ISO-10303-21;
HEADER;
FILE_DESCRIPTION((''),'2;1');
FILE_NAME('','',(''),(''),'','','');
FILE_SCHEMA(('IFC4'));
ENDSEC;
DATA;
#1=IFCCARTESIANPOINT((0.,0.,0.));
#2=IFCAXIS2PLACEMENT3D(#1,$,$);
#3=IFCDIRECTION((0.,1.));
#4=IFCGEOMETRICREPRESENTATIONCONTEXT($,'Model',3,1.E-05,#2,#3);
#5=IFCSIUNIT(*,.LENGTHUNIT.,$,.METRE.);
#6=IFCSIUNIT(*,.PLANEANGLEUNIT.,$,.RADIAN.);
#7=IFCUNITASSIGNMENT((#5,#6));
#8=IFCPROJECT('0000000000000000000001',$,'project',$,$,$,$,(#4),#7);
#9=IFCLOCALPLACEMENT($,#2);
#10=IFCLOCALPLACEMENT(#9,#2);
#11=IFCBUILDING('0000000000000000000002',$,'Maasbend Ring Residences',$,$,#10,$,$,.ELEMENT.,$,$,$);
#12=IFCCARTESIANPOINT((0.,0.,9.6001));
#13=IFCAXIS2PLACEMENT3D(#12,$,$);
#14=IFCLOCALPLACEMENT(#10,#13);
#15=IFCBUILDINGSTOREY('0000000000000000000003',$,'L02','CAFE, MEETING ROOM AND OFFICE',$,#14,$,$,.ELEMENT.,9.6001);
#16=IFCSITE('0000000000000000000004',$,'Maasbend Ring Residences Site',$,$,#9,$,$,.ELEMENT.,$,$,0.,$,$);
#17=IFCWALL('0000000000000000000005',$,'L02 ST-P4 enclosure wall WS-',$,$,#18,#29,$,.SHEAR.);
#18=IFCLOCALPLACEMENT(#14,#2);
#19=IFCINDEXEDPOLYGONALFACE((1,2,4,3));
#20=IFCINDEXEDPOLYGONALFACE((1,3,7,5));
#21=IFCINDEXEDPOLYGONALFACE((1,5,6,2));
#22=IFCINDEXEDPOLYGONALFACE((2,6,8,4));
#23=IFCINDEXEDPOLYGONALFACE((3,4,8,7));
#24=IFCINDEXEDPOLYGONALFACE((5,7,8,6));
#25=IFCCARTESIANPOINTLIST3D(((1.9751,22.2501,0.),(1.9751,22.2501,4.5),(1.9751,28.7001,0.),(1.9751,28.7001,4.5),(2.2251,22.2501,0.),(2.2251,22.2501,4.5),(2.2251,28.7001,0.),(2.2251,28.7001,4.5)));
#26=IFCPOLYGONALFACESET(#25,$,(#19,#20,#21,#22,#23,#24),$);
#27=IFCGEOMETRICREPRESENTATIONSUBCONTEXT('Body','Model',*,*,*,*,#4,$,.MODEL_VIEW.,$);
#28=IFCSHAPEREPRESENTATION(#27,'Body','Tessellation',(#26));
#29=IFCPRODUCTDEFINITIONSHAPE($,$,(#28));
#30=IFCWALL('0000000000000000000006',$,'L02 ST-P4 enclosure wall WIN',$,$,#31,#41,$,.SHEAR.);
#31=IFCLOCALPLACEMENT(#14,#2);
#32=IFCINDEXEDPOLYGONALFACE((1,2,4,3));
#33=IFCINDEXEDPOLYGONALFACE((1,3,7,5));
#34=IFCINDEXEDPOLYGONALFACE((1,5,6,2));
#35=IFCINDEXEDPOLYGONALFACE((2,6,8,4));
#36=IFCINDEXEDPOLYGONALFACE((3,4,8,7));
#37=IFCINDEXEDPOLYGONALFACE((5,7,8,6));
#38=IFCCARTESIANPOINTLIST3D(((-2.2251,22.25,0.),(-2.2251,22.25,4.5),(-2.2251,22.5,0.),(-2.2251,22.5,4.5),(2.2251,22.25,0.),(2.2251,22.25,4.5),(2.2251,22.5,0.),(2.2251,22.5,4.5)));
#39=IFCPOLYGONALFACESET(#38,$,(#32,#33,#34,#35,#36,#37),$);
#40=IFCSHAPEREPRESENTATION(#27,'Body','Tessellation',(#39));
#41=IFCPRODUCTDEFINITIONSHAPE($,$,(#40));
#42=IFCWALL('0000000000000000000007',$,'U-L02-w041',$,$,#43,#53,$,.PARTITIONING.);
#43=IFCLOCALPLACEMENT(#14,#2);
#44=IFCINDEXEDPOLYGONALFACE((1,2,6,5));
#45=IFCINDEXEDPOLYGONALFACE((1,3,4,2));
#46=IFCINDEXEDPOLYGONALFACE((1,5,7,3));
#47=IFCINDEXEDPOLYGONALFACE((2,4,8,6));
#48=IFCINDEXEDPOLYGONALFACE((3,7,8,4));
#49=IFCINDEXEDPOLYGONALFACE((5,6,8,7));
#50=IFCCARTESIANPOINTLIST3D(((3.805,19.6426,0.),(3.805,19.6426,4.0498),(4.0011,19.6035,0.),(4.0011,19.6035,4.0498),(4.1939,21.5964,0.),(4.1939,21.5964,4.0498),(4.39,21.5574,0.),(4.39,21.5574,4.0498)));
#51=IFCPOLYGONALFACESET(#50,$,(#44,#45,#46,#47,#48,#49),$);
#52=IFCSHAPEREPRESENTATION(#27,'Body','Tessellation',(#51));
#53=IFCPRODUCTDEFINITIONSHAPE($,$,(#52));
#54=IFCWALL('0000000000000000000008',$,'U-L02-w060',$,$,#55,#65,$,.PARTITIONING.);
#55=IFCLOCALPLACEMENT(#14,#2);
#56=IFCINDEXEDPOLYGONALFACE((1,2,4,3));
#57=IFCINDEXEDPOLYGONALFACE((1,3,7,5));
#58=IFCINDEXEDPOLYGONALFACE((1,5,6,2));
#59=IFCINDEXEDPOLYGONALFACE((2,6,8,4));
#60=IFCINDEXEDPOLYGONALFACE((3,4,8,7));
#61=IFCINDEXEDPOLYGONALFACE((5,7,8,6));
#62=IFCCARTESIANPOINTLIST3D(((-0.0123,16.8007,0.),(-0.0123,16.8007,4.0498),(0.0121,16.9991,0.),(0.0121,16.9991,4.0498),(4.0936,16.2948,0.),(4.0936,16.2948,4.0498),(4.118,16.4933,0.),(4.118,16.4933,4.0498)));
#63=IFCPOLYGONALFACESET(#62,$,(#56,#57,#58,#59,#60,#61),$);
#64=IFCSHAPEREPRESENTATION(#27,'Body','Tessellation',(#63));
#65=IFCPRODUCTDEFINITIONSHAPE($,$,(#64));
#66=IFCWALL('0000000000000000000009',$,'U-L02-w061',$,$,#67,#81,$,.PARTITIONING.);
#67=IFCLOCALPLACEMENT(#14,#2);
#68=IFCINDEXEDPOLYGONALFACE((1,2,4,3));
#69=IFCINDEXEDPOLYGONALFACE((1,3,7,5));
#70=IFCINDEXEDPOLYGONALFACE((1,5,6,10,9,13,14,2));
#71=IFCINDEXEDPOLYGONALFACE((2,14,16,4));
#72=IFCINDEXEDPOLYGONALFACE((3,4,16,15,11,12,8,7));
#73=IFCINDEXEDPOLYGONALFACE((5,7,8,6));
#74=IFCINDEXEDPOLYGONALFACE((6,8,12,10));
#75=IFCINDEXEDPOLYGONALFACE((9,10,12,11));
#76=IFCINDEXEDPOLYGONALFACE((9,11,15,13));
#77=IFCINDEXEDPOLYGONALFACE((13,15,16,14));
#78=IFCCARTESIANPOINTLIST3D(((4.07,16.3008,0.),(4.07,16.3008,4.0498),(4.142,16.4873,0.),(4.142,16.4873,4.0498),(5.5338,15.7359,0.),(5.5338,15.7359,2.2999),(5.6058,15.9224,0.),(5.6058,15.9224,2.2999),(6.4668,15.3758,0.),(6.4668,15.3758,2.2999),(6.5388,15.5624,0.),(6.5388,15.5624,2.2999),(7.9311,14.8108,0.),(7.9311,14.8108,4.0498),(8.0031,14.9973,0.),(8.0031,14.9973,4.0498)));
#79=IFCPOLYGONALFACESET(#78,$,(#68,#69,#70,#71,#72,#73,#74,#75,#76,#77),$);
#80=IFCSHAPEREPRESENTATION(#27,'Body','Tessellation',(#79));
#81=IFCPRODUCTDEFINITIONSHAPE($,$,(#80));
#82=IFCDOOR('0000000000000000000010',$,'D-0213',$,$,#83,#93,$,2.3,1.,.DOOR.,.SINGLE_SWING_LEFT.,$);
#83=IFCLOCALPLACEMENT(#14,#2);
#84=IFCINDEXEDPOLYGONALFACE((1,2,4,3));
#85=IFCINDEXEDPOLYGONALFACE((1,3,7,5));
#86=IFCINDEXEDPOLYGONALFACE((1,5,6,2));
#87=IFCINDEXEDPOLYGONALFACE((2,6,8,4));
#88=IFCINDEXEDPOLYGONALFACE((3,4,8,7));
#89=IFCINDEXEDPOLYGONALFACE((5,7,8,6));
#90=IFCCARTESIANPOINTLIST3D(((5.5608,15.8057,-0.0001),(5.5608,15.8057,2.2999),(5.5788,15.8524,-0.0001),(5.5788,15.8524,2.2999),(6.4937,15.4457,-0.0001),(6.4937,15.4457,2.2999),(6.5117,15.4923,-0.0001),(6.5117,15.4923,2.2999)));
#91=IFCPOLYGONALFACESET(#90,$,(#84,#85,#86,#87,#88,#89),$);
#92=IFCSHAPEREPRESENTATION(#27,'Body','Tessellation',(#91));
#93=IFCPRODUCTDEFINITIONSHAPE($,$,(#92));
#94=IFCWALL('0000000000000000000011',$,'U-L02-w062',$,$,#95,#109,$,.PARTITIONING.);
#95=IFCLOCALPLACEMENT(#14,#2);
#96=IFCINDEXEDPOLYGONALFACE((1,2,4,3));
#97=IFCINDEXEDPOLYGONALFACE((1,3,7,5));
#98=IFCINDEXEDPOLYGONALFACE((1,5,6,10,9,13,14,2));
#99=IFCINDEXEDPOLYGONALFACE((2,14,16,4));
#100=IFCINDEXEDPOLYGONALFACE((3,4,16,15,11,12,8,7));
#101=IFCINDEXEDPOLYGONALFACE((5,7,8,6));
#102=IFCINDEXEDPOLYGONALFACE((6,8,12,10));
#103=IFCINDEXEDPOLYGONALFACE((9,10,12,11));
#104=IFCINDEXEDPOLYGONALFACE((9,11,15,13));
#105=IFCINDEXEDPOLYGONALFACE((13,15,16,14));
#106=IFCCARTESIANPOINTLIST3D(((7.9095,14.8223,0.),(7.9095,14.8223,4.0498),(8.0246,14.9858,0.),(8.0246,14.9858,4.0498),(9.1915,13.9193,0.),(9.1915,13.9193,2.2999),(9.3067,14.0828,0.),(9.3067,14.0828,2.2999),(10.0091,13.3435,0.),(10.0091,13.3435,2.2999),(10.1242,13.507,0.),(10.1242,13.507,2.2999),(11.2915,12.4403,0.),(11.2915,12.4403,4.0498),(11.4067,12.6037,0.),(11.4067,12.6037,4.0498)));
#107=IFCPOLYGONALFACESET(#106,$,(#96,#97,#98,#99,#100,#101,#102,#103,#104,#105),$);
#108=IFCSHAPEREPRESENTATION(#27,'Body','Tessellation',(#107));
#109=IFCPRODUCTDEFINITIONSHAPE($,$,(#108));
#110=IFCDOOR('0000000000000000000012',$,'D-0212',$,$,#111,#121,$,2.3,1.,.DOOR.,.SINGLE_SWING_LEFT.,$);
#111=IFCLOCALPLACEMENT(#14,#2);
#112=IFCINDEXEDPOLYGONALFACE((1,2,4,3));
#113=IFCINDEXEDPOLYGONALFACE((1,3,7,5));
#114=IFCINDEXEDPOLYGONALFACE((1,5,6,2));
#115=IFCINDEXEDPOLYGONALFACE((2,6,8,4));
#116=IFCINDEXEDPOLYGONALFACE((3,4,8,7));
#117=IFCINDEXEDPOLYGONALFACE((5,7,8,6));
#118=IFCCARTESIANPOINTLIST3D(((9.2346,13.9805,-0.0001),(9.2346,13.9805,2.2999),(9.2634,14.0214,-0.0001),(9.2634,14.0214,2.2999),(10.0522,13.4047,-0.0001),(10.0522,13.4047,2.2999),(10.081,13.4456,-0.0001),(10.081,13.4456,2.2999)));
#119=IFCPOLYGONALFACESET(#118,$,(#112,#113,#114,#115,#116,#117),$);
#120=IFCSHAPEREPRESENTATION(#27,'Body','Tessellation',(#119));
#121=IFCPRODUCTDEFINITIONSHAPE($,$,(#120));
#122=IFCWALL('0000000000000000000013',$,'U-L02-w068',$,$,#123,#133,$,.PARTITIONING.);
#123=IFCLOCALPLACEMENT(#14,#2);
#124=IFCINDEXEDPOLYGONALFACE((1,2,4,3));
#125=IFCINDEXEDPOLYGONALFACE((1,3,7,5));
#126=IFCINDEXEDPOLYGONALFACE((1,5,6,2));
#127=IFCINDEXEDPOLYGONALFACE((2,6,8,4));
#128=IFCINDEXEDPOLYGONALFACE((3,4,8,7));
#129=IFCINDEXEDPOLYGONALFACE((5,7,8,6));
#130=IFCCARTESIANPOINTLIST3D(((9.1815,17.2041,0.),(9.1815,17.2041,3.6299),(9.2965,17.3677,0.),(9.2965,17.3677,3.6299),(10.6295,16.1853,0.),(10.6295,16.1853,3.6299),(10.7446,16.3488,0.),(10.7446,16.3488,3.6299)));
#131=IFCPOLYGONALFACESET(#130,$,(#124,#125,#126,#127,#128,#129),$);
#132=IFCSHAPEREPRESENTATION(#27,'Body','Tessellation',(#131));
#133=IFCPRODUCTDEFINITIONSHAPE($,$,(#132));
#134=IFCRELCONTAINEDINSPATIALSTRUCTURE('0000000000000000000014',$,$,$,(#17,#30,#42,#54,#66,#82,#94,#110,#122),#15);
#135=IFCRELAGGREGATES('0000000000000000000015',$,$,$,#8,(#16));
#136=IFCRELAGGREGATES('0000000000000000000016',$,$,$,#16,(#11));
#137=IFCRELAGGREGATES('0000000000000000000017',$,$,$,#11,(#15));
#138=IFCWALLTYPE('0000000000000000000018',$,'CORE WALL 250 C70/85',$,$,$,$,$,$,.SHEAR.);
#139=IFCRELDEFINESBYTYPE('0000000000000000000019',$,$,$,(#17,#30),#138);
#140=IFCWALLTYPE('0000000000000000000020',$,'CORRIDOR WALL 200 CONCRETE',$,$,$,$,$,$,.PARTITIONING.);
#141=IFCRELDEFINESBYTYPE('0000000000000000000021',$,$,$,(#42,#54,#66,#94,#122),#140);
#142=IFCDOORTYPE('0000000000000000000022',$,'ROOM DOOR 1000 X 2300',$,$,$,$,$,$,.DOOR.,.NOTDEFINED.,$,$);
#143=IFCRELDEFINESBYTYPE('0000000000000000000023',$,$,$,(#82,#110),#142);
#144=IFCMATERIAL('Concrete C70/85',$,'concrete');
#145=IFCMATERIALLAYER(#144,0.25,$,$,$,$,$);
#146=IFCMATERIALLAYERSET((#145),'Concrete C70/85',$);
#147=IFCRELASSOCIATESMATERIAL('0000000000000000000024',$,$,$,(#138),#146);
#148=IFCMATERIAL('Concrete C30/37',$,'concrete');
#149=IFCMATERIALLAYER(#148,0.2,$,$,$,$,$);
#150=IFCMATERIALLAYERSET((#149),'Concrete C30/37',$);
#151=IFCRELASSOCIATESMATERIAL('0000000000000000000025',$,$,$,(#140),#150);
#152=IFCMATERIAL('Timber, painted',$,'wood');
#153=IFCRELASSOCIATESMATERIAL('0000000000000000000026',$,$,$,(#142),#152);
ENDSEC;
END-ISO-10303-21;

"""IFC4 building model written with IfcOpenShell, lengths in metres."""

from ifc_helpers import new_model, si_unit, direction, frame, frame_2d, origin, place, context, subcontext, project, spatial, rectangle, extrude, material, layer, layer_set, type_object, element, fill, save


model = new_model("IFC4")

# Units and contexts
model_context = context("Model", 3, precision=1e-05, world=origin(), true_north=direction((0.0, 1.0)))
body_context = subcontext(model_context, "Body", "Model", "MODEL_VIEW")
ifc_project = project(units=[si_unit("LENGTHUNIT", "METRE"), si_unit("PLANEANGLEUNIT", "RADIAN")], contexts=[model_context])

# Site, building, storey
site_placement = place(None, origin())
site = spatial("IfcSite", under=ifc_project, at=site_placement, Name="Maasbend Ring Residences Site", CompositionType="ELEMENT", RefElevation=0.0)
building_placement = place(site_placement, origin())
building = spatial("IfcBuilding", under=site, at=building_placement, Name="Maasbend Ring Residences", CompositionType="ELEMENT")
storey_placement = place(building_placement, frame((0.0, 0.0, 9.6001)))
storey = spatial("IfcBuildingStorey", under=building, at=storey_placement, Name="L02", Description="CAFE, MEETING ROOM AND OFFICE", CompositionType="ELEMENT", Elevation=9.6001)

# Walls
ifc_material_1 = material(Name="Concrete C70/85", Category="concrete")
ifc_layer_1 = layer(ifc_material_1, 0.25)
ifc_layer_set_1 = layer_set([ifc_layer_1], Name="Concrete C70/85")
wall_type_1 = type_object("IfcWallType", Name="CORE WALL 250 C70/85", PredefinedType="SHEAR", material=ifc_layer_set_1)
wall_1_placement = place(storey_placement, frame((2.1001, 22.25, 0.0), z_axis=(0.0, 0.0, 1.0), x_axis=(0.0, 1.0, 0.0)))
element("IfcWall", 1, at=wall_1_placement, inside=storey, type_object=wall_type_1, Name="L02 ST-P4 enclosure wall WS-", PredefinedType="SHEAR", context=body_context, shape_type="SweptSolid", body=[
    extrude(rectangle(XDim=6.45, YDim=0.25, at=frame_2d((3.2251, 0.0))), origin(), (0.0, 0.0, 1.0), 4.5),
])
wall_2_placement = place(storey_placement, frame((2.2251, 22.375, 0.0), z_axis=(0.0, 0.0, 1.0), x_axis=(-1.0, 0.0, 0.0)))
element("IfcWall", 2, at=wall_2_placement, inside=storey, type_object=wall_type_1, Name="L02 ST-P4 enclosure wall WIN", PredefinedType="SHEAR", context=body_context, shape_type="SweptSolid", body=[
    extrude(rectangle(XDim=4.4502, YDim=0.25, at=frame_2d((2.2251, 0.0))), origin(), (0.0, 0.0, 1.0), 4.5),
])
ifc_material_2 = material(Name="Concrete C30/37", Category="concrete")
ifc_layer_2 = layer(ifc_material_2, 0.2)
ifc_layer_set_2 = layer_set([ifc_layer_2], Name="Concrete C30/37")
wall_type_2 = type_object("IfcWallType", Name="CORRIDOR WALL 200 CONCRETE", PredefinedType="PARTITIONING", material=ifc_layer_set_2)
wall_3_placement = place(storey_placement, frame((3.9031, 19.623, 0.0), z_axis=(0.0, 0.0, 1.0), x_axis=(0.195221, 0.980759, 0.0)))
element("IfcWall", 3, at=wall_3_placement, inside=storey, type_object=wall_type_2, Name="U-L02-w041", PredefinedType="PARTITIONING", context=body_context, shape_type="SweptSolid", body=[
    extrude(rectangle(XDim=1.9922, YDim=0.2, at=frame_2d((0.9961, 0.0))), origin(), (0.0, 0.0, 1.0), 4.0498),
])
wall_4_placement = place(storey_placement, frame((0.0, 16.8999, 0.0), z_axis=(0.0, 0.0, 1.0), x_axis=(0.992496, -0.122277, 0.0)))
element("IfcWall", 4, at=wall_4_placement, inside=storey, type_object=wall_type_2, Name="U-L02-w060", PredefinedType="PARTITIONING", context=body_context, shape_type="SweptSolid", body=[
    extrude(rectangle(XDim=4.137, YDim=0.2, at=frame_2d((2.0684, 0.0))), origin(), (0.0, 0.0, 1.0), 4.0498),
])

# Walls, openings, doors
wall_5_placement = place(storey_placement, frame((4.106, 16.394, 0.0), z_axis=(0.0, 0.0, 1.0), x_axis=(0.932944, -0.360022, 0.0)))
wall_5 = element("IfcWall", 5, at=wall_5_placement, inside=storey, type_object=wall_type_2, Name="U-L02-w061", PredefinedType="PARTITIONING", context=body_context, shape_type="SweptSolid", body=[
    extrude(rectangle(XDim=4.1387, YDim=0.2, at=frame_2d((2.0693, 0.0))), origin(), (0.0, 0.0, 1.0), 4.0498),
])
opening_1_placement = place(wall_5_placement, frame((1.5691, 0.0, 0.0)))
opening_1 = element("IfcOpeningElement", 6, at=opening_1_placement, cuts=wall_5, PredefinedType="OPENING", context=body_context, shape_type="SweptSolid", body=[
    extrude(rectangle(XDim=1.0, YDim=2.3, at=frame_2d((0.5, 1.1499))), frame((0.0, 0.1099, 0.0), z_axis=(0.0, -1.0, 0.0), x_axis=(1.0, 0.0, 0.0)), (0.0, 0.0, 1.0), 0.22),
])
ifc_material_3 = material(Name="Timber, painted", Category="wood")
door_type_1 = type_object("IfcDoorType", Name="ROOM DOOR 1000 X 2300", OperationType="NOTDEFINED", PredefinedType="DOOR", material=ifc_material_3)
door_1_placement = place(opening_1_placement, origin())
door_1 = element("IfcDoor", 7, at=door_1_placement, inside=storey, type_object=door_type_1, Name="D-0213", OperationType="SINGLE_SWING_LEFT", OverallHeight=2.3, OverallWidth=1.0, PredefinedType="DOOR", context=body_context, shape_type="SweptSolid", body=[
    extrude(rectangle(XDim=1.0, YDim=2.3, at=frame_2d((0.5, 1.1499))), frame((0.0, 0.0249, 0.0), z_axis=(0.0, -1.0, 0.0), x_axis=(1.0, 0.0, 0.0)), (0.0, 0.0, 1.0), 0.05),
])
fill(opening_1, door_1)
wall_6_placement = place(storey_placement, frame((7.967, 14.9041, 0.0), z_axis=(0.0, 0.0, 1.0), x_axis=(0.817568, -0.575833, 0.0)))
wall_6 = element("IfcWall", 8, at=wall_6_placement, inside=storey, type_object=wall_type_2, Name="U-L02-w062", PredefinedType="PARTITIONING", context=body_context, shape_type="SweptSolid", body=[
    extrude(rectangle(XDim=4.1367, YDim=0.2, at=frame_2d((2.0684, 0.0))), origin(), (0.0, 0.0, 1.0), 4.0498),
])
opening_2_placement = place(wall_6_placement, frame((1.5681, 0.0, 0.0)))
opening_2 = element("IfcOpeningElement", 9, at=opening_2_placement, cuts=wall_6, PredefinedType="OPENING", context=body_context, shape_type="SweptSolid", body=[
    extrude(rectangle(XDim=1.0, YDim=2.3, at=frame_2d((0.5, 1.1499))), frame((0.0, 0.1099, 0.0), z_axis=(0.0, -1.0, 0.0), x_axis=(1.0, 0.0, 0.0)), (0.0, 0.0, 1.0), 0.22),
])
door_2_placement = place(opening_2_placement, origin())
door_2 = element("IfcDoor", 10, at=door_2_placement, inside=storey, type_object=door_type_1, Name="D-0212", OperationType="SINGLE_SWING_LEFT", OverallHeight=2.3, OverallWidth=1.0, PredefinedType="DOOR", context=body_context, shape_type="SweptSolid", body=[
    extrude(rectangle(XDim=1.0, YDim=2.3, at=frame_2d((0.5, 1.1499))), frame((0.0, 0.0249, 0.0), z_axis=(0.0, -1.0, 0.0), x_axis=(1.0, 0.0, 0.0)), (0.0, 0.0, 1.0), 0.05),
])
fill(opening_2, door_2)

# Wall
wall_7_placement = place(storey_placement, frame((9.239, 17.2859, 0.0), z_axis=(0.0, 0.0, 1.0), x_axis=(0.81785, -0.575432, 0.0)))
element("IfcWall", 11, at=wall_7_placement, inside=storey, type_object=wall_type_2, Name="U-L02-w068", PredefinedType="PARTITIONING", context=body_context, shape_type="SweptSolid", body=[
    extrude(rectangle(XDim=1.7705, YDim=0.2, at=frame_2d((0.8853, 0.0))), origin(), (0.0, 0.0, 1.0), 3.6299),
])

save(model, "model.ifc")
